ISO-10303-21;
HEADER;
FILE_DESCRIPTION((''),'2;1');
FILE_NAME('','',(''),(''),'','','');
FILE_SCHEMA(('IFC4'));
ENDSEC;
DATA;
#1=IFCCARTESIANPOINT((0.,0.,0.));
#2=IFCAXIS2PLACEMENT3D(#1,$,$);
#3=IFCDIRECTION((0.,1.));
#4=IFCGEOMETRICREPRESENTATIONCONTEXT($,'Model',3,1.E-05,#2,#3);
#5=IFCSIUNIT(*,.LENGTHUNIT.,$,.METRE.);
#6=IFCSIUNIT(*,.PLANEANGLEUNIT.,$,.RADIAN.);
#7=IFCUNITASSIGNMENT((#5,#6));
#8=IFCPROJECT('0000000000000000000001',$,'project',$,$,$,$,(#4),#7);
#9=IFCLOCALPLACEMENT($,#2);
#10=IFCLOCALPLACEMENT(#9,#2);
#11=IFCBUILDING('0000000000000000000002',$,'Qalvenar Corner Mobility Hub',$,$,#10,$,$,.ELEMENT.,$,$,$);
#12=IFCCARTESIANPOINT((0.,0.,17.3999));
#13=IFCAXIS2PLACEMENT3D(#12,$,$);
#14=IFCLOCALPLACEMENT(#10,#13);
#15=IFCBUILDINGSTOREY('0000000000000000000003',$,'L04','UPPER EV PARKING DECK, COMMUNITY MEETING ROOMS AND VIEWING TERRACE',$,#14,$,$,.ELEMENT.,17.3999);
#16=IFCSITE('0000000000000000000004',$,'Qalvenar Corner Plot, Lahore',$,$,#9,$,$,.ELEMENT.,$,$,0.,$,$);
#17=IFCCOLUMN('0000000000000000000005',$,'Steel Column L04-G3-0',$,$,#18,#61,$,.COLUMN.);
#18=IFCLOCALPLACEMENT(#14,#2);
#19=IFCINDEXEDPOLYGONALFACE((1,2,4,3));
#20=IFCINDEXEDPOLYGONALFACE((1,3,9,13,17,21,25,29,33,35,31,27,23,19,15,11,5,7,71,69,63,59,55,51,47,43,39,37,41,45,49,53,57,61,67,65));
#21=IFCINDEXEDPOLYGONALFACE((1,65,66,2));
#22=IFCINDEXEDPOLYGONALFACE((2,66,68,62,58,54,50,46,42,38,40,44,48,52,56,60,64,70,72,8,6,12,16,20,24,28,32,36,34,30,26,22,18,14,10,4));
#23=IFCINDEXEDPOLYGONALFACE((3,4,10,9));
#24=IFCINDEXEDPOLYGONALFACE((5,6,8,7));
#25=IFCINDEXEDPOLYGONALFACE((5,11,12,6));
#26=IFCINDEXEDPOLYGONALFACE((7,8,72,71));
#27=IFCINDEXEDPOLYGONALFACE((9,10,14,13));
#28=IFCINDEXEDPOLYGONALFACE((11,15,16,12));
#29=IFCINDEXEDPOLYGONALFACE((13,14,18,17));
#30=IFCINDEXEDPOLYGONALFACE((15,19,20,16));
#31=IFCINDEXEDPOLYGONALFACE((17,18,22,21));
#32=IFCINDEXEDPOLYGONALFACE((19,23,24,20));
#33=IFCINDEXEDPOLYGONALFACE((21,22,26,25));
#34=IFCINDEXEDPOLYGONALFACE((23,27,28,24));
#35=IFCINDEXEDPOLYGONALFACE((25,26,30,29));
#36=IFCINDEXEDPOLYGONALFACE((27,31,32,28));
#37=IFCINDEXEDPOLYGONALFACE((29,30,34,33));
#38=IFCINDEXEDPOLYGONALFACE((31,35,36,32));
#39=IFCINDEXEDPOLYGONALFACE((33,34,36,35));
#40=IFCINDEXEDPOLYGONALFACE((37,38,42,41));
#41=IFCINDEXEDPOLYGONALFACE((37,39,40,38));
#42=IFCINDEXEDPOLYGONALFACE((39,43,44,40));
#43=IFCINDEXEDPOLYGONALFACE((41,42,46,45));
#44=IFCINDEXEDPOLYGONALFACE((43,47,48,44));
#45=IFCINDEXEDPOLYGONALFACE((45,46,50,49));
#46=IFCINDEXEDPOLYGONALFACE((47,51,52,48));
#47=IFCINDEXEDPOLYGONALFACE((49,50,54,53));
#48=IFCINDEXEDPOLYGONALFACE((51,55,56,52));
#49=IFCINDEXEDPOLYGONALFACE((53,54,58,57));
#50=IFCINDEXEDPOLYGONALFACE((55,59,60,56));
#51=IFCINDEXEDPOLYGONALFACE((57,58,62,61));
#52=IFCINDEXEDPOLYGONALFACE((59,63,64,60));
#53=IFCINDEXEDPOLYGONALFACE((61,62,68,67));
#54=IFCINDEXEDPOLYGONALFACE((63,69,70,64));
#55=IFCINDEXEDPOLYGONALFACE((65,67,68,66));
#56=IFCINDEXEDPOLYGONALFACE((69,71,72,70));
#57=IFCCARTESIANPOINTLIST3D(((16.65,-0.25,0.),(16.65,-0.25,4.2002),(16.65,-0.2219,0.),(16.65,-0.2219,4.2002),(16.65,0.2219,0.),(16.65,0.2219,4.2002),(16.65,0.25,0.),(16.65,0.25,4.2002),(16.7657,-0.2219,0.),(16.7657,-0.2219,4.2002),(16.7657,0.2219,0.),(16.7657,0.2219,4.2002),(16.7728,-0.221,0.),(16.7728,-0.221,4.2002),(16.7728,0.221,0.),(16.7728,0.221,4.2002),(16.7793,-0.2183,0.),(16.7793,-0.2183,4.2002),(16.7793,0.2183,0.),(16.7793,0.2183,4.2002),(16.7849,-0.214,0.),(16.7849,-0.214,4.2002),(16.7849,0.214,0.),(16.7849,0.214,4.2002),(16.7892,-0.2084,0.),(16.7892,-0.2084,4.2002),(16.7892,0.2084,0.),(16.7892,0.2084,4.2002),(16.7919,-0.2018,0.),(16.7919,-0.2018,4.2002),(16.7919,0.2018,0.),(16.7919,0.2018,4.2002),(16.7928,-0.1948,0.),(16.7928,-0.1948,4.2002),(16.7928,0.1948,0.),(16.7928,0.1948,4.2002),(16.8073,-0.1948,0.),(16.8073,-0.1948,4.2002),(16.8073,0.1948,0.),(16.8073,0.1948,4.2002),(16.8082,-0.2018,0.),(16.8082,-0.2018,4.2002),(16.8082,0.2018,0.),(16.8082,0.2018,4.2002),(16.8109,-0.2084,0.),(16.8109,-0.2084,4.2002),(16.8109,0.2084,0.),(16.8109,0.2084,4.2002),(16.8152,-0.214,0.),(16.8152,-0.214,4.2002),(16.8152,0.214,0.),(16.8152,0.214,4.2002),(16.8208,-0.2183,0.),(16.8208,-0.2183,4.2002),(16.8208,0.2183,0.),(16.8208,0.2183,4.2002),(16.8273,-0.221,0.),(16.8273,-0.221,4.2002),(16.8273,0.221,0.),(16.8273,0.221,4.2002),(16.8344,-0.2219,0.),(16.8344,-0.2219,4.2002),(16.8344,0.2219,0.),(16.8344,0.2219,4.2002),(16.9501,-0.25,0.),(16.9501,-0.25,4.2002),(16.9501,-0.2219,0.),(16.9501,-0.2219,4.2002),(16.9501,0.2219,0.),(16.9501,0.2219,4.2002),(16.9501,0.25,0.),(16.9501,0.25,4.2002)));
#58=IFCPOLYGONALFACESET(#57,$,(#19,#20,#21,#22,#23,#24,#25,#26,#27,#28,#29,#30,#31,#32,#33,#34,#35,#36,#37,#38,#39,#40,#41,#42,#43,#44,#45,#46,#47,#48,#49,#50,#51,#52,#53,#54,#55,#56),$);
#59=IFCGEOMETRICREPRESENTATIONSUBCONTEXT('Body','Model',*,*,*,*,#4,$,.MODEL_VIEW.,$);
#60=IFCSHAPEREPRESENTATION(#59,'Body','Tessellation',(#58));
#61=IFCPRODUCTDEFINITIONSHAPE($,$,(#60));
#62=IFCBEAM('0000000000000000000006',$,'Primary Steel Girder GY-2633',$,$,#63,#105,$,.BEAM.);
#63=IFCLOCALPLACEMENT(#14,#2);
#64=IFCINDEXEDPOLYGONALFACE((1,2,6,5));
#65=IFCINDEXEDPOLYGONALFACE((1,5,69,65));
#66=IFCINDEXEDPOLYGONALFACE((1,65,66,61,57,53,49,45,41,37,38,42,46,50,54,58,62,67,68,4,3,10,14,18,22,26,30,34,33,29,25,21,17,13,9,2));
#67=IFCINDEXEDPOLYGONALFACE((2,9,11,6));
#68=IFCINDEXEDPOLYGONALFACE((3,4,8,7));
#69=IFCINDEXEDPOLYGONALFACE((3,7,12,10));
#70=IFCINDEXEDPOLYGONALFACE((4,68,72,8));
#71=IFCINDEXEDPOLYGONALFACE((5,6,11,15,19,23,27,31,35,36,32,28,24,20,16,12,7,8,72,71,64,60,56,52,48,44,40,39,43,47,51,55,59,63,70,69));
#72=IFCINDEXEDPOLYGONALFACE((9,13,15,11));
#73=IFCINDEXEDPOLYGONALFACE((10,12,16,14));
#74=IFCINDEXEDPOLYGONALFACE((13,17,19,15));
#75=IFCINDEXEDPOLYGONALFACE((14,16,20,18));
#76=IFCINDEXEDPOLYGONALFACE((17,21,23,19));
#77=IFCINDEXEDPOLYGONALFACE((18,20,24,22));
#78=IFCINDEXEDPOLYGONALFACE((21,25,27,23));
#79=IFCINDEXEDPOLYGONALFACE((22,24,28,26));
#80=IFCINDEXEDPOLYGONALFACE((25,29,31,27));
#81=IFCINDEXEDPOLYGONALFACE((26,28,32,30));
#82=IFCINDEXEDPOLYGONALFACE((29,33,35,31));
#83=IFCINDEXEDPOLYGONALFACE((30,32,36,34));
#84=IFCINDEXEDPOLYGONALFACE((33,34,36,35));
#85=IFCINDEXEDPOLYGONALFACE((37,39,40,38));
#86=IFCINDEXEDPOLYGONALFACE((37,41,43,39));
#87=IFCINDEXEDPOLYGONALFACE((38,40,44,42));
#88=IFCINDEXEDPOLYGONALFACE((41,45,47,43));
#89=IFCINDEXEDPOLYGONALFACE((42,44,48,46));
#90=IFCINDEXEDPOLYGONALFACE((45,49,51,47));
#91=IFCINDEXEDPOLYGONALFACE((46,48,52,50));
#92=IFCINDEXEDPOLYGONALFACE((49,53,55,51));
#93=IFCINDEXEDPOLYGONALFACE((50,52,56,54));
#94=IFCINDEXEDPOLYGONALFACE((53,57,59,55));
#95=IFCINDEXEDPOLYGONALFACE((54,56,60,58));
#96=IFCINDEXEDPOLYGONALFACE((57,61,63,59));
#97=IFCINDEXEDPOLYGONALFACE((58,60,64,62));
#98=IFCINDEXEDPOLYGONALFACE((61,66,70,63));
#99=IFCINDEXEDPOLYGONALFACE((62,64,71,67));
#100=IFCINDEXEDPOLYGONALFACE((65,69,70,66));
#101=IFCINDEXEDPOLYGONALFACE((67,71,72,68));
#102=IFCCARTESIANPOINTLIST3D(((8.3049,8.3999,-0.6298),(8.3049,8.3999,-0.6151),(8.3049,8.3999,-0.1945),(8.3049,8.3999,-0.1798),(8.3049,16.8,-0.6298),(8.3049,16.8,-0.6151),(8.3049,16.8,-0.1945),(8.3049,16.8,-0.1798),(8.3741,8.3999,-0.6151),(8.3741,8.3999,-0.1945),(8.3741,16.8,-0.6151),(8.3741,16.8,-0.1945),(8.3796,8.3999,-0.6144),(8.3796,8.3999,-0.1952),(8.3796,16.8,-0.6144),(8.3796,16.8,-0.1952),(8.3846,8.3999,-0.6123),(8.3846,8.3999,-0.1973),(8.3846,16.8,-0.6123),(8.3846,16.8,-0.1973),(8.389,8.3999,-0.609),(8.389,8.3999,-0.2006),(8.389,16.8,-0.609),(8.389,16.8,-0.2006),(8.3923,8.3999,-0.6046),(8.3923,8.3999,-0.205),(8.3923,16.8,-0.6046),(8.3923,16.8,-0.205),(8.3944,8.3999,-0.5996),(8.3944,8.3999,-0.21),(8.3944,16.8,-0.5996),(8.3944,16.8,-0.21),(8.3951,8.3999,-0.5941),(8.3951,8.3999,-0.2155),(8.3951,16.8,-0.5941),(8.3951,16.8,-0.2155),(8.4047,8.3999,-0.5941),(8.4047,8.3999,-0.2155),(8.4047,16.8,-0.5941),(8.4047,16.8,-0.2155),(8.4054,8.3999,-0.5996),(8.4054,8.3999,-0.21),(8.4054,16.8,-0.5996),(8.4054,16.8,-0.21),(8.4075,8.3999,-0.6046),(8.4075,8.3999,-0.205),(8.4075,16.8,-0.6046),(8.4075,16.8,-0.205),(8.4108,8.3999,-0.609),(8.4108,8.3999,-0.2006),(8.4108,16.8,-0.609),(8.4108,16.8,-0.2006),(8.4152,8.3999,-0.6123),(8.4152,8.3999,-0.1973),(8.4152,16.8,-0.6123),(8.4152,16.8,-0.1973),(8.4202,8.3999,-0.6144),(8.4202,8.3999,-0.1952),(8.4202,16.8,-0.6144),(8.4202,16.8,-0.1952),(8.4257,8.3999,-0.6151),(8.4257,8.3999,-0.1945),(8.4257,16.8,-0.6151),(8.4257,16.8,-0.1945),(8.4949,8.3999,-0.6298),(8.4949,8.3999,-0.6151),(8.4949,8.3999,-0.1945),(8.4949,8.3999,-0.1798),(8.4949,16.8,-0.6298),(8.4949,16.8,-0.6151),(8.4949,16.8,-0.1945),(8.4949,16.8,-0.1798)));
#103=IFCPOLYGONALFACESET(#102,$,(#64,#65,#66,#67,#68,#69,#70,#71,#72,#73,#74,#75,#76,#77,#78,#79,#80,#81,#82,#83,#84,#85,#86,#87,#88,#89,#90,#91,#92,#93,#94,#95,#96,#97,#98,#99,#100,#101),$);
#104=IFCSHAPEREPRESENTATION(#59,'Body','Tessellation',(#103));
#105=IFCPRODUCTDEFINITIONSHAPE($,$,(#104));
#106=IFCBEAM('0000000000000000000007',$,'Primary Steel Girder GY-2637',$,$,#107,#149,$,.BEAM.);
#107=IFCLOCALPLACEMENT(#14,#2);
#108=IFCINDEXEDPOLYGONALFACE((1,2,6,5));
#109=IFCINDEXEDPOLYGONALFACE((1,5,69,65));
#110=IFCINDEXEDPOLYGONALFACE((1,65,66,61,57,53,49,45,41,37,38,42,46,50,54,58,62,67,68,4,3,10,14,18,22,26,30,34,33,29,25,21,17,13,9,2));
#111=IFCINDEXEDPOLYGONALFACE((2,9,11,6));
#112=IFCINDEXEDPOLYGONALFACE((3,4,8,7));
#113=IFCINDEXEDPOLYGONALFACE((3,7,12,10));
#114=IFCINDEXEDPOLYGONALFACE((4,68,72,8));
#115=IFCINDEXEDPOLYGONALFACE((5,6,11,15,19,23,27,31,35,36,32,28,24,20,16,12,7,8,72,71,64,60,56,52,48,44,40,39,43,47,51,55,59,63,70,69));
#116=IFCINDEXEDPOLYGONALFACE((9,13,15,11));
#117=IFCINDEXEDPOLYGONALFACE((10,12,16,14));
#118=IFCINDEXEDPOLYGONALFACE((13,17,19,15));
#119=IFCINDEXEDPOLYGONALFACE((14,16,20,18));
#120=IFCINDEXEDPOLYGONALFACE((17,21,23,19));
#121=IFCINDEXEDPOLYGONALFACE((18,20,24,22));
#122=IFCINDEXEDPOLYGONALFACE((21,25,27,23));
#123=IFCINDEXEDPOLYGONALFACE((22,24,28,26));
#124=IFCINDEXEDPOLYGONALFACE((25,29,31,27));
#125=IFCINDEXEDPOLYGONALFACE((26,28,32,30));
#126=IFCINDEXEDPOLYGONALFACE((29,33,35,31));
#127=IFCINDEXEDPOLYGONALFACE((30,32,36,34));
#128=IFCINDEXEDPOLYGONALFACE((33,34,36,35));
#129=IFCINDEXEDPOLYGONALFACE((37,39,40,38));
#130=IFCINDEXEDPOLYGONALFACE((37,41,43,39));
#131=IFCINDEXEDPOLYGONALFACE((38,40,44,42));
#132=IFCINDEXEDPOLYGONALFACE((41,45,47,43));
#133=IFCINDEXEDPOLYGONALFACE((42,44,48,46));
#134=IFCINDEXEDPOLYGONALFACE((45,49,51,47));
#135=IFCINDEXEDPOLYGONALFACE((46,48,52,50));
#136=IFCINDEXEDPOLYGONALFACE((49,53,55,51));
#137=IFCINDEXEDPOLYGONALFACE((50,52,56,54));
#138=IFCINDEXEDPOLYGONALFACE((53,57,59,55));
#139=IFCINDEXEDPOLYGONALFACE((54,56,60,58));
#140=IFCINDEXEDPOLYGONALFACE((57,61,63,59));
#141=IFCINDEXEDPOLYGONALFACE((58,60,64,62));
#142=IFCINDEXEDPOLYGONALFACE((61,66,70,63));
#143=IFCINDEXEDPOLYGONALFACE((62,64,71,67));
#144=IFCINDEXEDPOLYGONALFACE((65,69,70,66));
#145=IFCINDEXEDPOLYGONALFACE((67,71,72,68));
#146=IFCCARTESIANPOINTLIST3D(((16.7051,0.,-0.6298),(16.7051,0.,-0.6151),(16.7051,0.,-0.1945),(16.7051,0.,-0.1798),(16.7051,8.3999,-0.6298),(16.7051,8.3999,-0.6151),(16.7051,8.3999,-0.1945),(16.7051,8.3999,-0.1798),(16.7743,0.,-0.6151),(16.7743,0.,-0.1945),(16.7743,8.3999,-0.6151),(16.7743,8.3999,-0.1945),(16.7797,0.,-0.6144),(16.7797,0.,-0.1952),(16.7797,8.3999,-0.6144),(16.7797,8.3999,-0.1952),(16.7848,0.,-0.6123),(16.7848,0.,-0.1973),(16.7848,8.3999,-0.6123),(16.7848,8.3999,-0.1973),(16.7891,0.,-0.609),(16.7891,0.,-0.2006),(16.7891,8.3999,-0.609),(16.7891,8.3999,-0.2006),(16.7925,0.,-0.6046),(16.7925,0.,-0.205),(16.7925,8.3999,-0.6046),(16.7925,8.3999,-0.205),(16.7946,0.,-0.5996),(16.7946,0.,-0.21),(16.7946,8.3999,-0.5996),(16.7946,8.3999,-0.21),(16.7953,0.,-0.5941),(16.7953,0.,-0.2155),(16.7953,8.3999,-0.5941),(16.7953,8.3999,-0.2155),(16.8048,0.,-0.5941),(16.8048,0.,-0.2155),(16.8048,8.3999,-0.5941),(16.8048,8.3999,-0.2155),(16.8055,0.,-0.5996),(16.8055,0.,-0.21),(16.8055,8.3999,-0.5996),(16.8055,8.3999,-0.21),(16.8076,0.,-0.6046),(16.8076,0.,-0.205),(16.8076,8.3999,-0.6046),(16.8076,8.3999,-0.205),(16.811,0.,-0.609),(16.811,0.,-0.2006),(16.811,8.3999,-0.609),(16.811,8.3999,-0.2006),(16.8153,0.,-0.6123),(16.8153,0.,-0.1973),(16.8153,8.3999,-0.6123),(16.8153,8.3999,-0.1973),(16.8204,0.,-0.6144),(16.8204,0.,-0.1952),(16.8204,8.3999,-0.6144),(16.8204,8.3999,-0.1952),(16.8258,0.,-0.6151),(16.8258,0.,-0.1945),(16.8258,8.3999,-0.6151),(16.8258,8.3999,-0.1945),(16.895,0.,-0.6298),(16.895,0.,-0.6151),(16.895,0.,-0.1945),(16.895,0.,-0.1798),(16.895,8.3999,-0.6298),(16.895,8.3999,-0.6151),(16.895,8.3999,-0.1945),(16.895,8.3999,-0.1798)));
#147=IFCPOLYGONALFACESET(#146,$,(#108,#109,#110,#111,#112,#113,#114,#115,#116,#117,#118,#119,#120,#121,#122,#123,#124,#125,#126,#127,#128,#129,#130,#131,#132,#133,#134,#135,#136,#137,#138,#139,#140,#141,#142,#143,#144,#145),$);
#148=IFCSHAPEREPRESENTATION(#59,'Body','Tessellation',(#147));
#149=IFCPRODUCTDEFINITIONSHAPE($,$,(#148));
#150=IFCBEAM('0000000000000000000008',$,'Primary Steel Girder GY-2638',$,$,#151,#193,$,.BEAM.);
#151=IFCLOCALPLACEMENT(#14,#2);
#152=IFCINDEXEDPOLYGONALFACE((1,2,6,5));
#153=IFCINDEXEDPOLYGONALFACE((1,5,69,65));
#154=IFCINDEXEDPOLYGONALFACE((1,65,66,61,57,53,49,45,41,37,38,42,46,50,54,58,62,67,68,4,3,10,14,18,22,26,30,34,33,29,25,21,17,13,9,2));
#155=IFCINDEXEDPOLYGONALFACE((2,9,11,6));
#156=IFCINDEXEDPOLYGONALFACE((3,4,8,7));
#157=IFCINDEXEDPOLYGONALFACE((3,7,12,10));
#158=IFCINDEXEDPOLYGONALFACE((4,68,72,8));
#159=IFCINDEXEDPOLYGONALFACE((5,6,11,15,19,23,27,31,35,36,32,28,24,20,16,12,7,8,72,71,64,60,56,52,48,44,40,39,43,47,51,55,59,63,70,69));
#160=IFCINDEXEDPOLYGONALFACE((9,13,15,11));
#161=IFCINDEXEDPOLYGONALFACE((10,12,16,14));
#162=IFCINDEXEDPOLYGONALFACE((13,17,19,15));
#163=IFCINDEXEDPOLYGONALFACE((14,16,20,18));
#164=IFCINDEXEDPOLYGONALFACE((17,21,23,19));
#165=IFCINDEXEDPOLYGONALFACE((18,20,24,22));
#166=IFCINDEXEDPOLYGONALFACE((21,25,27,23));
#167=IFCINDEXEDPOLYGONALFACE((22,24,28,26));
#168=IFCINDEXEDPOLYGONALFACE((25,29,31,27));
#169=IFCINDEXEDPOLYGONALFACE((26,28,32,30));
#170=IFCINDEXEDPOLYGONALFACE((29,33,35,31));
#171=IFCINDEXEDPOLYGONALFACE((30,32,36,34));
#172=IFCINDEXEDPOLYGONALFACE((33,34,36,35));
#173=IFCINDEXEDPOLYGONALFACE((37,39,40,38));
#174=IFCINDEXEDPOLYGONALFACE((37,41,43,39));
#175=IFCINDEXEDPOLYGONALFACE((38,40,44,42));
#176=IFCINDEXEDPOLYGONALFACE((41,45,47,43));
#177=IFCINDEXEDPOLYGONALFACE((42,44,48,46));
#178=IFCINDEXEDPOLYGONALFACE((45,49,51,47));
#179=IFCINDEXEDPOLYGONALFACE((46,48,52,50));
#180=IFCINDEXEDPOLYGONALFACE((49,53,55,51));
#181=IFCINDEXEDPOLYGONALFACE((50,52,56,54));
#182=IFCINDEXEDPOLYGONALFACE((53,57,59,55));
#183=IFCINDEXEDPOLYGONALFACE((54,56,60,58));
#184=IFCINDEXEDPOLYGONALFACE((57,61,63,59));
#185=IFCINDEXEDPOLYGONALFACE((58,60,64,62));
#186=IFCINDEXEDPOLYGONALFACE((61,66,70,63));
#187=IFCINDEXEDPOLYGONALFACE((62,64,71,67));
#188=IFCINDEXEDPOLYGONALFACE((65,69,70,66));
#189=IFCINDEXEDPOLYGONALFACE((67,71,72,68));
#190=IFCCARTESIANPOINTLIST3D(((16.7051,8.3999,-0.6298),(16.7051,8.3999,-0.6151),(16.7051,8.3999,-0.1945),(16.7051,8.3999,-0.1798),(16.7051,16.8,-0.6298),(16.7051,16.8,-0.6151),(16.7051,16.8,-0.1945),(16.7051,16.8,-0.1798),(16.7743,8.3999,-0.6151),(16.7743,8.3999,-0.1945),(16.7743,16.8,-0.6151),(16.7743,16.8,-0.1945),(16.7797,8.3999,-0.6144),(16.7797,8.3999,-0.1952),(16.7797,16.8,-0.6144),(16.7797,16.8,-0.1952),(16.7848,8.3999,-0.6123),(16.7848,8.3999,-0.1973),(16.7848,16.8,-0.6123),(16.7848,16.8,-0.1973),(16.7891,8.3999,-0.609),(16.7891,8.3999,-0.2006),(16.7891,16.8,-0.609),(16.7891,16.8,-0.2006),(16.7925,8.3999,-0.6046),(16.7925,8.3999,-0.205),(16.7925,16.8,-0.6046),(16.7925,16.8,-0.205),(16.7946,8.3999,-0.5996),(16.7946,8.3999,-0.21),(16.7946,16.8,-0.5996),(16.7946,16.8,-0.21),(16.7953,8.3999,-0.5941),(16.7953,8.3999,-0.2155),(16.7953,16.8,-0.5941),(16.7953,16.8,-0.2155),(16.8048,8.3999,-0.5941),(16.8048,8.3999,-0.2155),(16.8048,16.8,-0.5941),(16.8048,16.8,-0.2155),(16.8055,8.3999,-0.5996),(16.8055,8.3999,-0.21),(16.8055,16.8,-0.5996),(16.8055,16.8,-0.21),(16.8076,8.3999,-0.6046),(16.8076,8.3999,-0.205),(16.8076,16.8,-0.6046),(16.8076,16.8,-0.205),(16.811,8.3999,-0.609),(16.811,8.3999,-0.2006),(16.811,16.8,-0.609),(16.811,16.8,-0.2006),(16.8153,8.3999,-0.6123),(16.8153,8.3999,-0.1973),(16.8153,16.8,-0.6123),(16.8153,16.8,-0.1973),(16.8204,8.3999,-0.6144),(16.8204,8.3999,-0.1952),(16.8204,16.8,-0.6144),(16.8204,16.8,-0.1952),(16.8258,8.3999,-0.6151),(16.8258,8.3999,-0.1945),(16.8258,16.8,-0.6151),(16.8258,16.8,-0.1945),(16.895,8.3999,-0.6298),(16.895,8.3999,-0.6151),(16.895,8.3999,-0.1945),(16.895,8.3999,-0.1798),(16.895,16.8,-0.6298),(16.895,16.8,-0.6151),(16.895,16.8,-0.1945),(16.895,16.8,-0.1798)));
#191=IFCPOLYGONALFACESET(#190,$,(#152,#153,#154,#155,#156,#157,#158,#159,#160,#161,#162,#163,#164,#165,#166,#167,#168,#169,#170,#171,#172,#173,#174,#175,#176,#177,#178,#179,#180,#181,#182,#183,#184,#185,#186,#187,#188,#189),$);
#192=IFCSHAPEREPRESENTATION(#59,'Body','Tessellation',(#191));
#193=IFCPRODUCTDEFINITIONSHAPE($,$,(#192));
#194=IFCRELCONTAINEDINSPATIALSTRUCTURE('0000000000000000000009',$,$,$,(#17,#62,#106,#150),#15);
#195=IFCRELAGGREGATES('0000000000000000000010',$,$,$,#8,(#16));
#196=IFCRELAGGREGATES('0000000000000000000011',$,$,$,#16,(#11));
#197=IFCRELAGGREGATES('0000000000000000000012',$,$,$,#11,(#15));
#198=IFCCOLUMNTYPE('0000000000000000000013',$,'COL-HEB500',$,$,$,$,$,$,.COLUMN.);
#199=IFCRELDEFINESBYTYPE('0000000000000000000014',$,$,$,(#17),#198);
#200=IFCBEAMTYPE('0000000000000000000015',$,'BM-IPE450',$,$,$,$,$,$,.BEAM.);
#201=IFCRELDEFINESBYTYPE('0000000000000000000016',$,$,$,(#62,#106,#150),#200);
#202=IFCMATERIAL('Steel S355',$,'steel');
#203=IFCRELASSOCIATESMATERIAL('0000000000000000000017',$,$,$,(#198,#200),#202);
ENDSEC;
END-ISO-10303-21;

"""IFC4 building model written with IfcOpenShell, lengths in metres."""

from ifc_helpers import new_model, si_unit, direction, frame, origin, origin_2d, place, context, subcontext, project, spatial, i_section, extrude, material, material_profile, profile_set, type_object, element, save


model = new_model("IFC4")

# Units and contexts
model_context = context("Model", 3, precision=1e-05, world=origin(), true_north=direction((0.0, 1.0)))
body_context = subcontext(model_context, "Body", "Model", "MODEL_VIEW")
ifc_project = project(units=[si_unit("LENGTHUNIT", "METRE"), si_unit("PLANEANGLEUNIT", "RADIAN")], contexts=[model_context])

# Site, building, storey
site_placement = place(None, origin())
site = spatial("IfcSite", under=ifc_project, at=site_placement, Name="Qalvenar Corner Plot, Lahore", CompositionType="ELEMENT", RefElevation=0.0)
building_placement = place(site_placement, origin())
building = spatial("IfcBuilding", under=site, at=building_placement, Name="Qalvenar Corner Mobility Hub", CompositionType="ELEMENT")
storey_placement = place(building_placement, frame((0.0, 0.0, 17.3999)))
storey = spatial("IfcBuildingStorey", under=building, at=storey_placement, Name="L04", Description="UPPER EV PARKING DECK, COMMUNITY MEETING ROOMS AND VIEWING TERRACE", CompositionType="ELEMENT", Elevation=17.3999)

# Column
ifc_material_1 = material(Name="Steel S355", Category="steel")
ifc_material_profile_1 = material_profile(ifc_material_1, i_section(OverallWidth=0.3, OverallDepth=0.5, WebThickness=0.0144, FlangeThickness=0.0281, FilletRadius=0.0271, at=origin_2d()), Name="HEB500")
ifc_profile_set_1 = profile_set([ifc_material_profile_1], Name="Steel S355")
column_type = type_object("IfcColumnType", Name="COL-HEB500", PredefinedType="COLUMN", material=ifc_profile_set_1)
column_placement = place(storey_placement, frame((16.8, 0.0, 0.0), z_axis=(0.0, 0.0, 1.0), x_axis=(1.0, 0.0, 0.0)))
element("IfcColumn", 1, at=column_placement, inside=storey, type_object=column_type, Name="Steel Column L04-G3-0", PredefinedType="COLUMN", context=body_context, shape_type="SweptSolid", body=[
    extrude(i_section(OverallWidth=0.3, OverallDepth=0.5, WebThickness=0.0144, FlangeThickness=0.0281, FilletRadius=0.0271, at=origin_2d()), origin(), (0.0, 0.0, 1.0), 4.2002),
])

# Beams
ifc_material_profile_2 = material_profile(ifc_material_1, i_section(OverallWidth=0.1899, OverallDepth=0.45, WebThickness=0.0095, FlangeThickness=0.0146, FilletRadius=0.021, at=origin_2d()), Name="IPE450")
ifc_profile_set_2 = profile_set([ifc_material_profile_2], Name="Steel S355")
beam_type_1 = type_object("IfcBeamType", Name="BM-IPE450", PredefinedType="BEAM", material=ifc_profile_set_2)
beam_1_placement = place(storey_placement, frame((8.3999, 8.3999, -0.4048), z_axis=(0.0, 1.0, 0.0), x_axis=(-1.0, 0.0, 0.0)))
element("IfcBeam", 2, at=beam_1_placement, inside=storey, type_object=beam_type_1, Name="Primary Steel Girder GY-2633", PredefinedType="BEAM", context=body_context, shape_type="SweptSolid", body=[
    extrude(i_section(OverallWidth=0.1899, OverallDepth=0.45, WebThickness=0.0095, FlangeThickness=0.0146, FilletRadius=0.021, at=origin_2d()), origin(), (0.0, 0.0, 1.0), 8.4001),
])
beam_2_placement = place(storey_placement, frame((16.8, 0.0, -0.4048), z_axis=(0.0, 1.0, 0.0), x_axis=(-1.0, 0.0, 0.0)))
element("IfcBeam", 3, at=beam_2_placement, inside=storey, type_object=beam_type_1, Name="Primary Steel Girder GY-2637", PredefinedType="BEAM", context=body_context, shape_type="SweptSolid", body=[
    extrude(i_section(OverallWidth=0.1899, OverallDepth=0.45, WebThickness=0.0095, FlangeThickness=0.0146, FilletRadius=0.021, at=origin_2d()), origin(), (0.0, 0.0, 1.0), 8.3999),
])
beam_3_placement = place(storey_placement, frame((16.8, 8.3999, -0.4048), z_axis=(0.0, 1.0, 0.0), x_axis=(-1.0, 0.0, 0.0)))
element("IfcBeam", 4, at=beam_3_placement, inside=storey, type_object=beam_type_1, Name="Primary Steel Girder GY-2638", PredefinedType="BEAM", context=body_context, shape_type="SweptSolid", body=[
    extrude(i_section(OverallWidth=0.1899, OverallDepth=0.45, WebThickness=0.0095, FlangeThickness=0.0146, FilletRadius=0.021, at=origin_2d()), origin(), (0.0, 0.0, 1.0), 8.4001),
])

save(model, "model.ifc")
